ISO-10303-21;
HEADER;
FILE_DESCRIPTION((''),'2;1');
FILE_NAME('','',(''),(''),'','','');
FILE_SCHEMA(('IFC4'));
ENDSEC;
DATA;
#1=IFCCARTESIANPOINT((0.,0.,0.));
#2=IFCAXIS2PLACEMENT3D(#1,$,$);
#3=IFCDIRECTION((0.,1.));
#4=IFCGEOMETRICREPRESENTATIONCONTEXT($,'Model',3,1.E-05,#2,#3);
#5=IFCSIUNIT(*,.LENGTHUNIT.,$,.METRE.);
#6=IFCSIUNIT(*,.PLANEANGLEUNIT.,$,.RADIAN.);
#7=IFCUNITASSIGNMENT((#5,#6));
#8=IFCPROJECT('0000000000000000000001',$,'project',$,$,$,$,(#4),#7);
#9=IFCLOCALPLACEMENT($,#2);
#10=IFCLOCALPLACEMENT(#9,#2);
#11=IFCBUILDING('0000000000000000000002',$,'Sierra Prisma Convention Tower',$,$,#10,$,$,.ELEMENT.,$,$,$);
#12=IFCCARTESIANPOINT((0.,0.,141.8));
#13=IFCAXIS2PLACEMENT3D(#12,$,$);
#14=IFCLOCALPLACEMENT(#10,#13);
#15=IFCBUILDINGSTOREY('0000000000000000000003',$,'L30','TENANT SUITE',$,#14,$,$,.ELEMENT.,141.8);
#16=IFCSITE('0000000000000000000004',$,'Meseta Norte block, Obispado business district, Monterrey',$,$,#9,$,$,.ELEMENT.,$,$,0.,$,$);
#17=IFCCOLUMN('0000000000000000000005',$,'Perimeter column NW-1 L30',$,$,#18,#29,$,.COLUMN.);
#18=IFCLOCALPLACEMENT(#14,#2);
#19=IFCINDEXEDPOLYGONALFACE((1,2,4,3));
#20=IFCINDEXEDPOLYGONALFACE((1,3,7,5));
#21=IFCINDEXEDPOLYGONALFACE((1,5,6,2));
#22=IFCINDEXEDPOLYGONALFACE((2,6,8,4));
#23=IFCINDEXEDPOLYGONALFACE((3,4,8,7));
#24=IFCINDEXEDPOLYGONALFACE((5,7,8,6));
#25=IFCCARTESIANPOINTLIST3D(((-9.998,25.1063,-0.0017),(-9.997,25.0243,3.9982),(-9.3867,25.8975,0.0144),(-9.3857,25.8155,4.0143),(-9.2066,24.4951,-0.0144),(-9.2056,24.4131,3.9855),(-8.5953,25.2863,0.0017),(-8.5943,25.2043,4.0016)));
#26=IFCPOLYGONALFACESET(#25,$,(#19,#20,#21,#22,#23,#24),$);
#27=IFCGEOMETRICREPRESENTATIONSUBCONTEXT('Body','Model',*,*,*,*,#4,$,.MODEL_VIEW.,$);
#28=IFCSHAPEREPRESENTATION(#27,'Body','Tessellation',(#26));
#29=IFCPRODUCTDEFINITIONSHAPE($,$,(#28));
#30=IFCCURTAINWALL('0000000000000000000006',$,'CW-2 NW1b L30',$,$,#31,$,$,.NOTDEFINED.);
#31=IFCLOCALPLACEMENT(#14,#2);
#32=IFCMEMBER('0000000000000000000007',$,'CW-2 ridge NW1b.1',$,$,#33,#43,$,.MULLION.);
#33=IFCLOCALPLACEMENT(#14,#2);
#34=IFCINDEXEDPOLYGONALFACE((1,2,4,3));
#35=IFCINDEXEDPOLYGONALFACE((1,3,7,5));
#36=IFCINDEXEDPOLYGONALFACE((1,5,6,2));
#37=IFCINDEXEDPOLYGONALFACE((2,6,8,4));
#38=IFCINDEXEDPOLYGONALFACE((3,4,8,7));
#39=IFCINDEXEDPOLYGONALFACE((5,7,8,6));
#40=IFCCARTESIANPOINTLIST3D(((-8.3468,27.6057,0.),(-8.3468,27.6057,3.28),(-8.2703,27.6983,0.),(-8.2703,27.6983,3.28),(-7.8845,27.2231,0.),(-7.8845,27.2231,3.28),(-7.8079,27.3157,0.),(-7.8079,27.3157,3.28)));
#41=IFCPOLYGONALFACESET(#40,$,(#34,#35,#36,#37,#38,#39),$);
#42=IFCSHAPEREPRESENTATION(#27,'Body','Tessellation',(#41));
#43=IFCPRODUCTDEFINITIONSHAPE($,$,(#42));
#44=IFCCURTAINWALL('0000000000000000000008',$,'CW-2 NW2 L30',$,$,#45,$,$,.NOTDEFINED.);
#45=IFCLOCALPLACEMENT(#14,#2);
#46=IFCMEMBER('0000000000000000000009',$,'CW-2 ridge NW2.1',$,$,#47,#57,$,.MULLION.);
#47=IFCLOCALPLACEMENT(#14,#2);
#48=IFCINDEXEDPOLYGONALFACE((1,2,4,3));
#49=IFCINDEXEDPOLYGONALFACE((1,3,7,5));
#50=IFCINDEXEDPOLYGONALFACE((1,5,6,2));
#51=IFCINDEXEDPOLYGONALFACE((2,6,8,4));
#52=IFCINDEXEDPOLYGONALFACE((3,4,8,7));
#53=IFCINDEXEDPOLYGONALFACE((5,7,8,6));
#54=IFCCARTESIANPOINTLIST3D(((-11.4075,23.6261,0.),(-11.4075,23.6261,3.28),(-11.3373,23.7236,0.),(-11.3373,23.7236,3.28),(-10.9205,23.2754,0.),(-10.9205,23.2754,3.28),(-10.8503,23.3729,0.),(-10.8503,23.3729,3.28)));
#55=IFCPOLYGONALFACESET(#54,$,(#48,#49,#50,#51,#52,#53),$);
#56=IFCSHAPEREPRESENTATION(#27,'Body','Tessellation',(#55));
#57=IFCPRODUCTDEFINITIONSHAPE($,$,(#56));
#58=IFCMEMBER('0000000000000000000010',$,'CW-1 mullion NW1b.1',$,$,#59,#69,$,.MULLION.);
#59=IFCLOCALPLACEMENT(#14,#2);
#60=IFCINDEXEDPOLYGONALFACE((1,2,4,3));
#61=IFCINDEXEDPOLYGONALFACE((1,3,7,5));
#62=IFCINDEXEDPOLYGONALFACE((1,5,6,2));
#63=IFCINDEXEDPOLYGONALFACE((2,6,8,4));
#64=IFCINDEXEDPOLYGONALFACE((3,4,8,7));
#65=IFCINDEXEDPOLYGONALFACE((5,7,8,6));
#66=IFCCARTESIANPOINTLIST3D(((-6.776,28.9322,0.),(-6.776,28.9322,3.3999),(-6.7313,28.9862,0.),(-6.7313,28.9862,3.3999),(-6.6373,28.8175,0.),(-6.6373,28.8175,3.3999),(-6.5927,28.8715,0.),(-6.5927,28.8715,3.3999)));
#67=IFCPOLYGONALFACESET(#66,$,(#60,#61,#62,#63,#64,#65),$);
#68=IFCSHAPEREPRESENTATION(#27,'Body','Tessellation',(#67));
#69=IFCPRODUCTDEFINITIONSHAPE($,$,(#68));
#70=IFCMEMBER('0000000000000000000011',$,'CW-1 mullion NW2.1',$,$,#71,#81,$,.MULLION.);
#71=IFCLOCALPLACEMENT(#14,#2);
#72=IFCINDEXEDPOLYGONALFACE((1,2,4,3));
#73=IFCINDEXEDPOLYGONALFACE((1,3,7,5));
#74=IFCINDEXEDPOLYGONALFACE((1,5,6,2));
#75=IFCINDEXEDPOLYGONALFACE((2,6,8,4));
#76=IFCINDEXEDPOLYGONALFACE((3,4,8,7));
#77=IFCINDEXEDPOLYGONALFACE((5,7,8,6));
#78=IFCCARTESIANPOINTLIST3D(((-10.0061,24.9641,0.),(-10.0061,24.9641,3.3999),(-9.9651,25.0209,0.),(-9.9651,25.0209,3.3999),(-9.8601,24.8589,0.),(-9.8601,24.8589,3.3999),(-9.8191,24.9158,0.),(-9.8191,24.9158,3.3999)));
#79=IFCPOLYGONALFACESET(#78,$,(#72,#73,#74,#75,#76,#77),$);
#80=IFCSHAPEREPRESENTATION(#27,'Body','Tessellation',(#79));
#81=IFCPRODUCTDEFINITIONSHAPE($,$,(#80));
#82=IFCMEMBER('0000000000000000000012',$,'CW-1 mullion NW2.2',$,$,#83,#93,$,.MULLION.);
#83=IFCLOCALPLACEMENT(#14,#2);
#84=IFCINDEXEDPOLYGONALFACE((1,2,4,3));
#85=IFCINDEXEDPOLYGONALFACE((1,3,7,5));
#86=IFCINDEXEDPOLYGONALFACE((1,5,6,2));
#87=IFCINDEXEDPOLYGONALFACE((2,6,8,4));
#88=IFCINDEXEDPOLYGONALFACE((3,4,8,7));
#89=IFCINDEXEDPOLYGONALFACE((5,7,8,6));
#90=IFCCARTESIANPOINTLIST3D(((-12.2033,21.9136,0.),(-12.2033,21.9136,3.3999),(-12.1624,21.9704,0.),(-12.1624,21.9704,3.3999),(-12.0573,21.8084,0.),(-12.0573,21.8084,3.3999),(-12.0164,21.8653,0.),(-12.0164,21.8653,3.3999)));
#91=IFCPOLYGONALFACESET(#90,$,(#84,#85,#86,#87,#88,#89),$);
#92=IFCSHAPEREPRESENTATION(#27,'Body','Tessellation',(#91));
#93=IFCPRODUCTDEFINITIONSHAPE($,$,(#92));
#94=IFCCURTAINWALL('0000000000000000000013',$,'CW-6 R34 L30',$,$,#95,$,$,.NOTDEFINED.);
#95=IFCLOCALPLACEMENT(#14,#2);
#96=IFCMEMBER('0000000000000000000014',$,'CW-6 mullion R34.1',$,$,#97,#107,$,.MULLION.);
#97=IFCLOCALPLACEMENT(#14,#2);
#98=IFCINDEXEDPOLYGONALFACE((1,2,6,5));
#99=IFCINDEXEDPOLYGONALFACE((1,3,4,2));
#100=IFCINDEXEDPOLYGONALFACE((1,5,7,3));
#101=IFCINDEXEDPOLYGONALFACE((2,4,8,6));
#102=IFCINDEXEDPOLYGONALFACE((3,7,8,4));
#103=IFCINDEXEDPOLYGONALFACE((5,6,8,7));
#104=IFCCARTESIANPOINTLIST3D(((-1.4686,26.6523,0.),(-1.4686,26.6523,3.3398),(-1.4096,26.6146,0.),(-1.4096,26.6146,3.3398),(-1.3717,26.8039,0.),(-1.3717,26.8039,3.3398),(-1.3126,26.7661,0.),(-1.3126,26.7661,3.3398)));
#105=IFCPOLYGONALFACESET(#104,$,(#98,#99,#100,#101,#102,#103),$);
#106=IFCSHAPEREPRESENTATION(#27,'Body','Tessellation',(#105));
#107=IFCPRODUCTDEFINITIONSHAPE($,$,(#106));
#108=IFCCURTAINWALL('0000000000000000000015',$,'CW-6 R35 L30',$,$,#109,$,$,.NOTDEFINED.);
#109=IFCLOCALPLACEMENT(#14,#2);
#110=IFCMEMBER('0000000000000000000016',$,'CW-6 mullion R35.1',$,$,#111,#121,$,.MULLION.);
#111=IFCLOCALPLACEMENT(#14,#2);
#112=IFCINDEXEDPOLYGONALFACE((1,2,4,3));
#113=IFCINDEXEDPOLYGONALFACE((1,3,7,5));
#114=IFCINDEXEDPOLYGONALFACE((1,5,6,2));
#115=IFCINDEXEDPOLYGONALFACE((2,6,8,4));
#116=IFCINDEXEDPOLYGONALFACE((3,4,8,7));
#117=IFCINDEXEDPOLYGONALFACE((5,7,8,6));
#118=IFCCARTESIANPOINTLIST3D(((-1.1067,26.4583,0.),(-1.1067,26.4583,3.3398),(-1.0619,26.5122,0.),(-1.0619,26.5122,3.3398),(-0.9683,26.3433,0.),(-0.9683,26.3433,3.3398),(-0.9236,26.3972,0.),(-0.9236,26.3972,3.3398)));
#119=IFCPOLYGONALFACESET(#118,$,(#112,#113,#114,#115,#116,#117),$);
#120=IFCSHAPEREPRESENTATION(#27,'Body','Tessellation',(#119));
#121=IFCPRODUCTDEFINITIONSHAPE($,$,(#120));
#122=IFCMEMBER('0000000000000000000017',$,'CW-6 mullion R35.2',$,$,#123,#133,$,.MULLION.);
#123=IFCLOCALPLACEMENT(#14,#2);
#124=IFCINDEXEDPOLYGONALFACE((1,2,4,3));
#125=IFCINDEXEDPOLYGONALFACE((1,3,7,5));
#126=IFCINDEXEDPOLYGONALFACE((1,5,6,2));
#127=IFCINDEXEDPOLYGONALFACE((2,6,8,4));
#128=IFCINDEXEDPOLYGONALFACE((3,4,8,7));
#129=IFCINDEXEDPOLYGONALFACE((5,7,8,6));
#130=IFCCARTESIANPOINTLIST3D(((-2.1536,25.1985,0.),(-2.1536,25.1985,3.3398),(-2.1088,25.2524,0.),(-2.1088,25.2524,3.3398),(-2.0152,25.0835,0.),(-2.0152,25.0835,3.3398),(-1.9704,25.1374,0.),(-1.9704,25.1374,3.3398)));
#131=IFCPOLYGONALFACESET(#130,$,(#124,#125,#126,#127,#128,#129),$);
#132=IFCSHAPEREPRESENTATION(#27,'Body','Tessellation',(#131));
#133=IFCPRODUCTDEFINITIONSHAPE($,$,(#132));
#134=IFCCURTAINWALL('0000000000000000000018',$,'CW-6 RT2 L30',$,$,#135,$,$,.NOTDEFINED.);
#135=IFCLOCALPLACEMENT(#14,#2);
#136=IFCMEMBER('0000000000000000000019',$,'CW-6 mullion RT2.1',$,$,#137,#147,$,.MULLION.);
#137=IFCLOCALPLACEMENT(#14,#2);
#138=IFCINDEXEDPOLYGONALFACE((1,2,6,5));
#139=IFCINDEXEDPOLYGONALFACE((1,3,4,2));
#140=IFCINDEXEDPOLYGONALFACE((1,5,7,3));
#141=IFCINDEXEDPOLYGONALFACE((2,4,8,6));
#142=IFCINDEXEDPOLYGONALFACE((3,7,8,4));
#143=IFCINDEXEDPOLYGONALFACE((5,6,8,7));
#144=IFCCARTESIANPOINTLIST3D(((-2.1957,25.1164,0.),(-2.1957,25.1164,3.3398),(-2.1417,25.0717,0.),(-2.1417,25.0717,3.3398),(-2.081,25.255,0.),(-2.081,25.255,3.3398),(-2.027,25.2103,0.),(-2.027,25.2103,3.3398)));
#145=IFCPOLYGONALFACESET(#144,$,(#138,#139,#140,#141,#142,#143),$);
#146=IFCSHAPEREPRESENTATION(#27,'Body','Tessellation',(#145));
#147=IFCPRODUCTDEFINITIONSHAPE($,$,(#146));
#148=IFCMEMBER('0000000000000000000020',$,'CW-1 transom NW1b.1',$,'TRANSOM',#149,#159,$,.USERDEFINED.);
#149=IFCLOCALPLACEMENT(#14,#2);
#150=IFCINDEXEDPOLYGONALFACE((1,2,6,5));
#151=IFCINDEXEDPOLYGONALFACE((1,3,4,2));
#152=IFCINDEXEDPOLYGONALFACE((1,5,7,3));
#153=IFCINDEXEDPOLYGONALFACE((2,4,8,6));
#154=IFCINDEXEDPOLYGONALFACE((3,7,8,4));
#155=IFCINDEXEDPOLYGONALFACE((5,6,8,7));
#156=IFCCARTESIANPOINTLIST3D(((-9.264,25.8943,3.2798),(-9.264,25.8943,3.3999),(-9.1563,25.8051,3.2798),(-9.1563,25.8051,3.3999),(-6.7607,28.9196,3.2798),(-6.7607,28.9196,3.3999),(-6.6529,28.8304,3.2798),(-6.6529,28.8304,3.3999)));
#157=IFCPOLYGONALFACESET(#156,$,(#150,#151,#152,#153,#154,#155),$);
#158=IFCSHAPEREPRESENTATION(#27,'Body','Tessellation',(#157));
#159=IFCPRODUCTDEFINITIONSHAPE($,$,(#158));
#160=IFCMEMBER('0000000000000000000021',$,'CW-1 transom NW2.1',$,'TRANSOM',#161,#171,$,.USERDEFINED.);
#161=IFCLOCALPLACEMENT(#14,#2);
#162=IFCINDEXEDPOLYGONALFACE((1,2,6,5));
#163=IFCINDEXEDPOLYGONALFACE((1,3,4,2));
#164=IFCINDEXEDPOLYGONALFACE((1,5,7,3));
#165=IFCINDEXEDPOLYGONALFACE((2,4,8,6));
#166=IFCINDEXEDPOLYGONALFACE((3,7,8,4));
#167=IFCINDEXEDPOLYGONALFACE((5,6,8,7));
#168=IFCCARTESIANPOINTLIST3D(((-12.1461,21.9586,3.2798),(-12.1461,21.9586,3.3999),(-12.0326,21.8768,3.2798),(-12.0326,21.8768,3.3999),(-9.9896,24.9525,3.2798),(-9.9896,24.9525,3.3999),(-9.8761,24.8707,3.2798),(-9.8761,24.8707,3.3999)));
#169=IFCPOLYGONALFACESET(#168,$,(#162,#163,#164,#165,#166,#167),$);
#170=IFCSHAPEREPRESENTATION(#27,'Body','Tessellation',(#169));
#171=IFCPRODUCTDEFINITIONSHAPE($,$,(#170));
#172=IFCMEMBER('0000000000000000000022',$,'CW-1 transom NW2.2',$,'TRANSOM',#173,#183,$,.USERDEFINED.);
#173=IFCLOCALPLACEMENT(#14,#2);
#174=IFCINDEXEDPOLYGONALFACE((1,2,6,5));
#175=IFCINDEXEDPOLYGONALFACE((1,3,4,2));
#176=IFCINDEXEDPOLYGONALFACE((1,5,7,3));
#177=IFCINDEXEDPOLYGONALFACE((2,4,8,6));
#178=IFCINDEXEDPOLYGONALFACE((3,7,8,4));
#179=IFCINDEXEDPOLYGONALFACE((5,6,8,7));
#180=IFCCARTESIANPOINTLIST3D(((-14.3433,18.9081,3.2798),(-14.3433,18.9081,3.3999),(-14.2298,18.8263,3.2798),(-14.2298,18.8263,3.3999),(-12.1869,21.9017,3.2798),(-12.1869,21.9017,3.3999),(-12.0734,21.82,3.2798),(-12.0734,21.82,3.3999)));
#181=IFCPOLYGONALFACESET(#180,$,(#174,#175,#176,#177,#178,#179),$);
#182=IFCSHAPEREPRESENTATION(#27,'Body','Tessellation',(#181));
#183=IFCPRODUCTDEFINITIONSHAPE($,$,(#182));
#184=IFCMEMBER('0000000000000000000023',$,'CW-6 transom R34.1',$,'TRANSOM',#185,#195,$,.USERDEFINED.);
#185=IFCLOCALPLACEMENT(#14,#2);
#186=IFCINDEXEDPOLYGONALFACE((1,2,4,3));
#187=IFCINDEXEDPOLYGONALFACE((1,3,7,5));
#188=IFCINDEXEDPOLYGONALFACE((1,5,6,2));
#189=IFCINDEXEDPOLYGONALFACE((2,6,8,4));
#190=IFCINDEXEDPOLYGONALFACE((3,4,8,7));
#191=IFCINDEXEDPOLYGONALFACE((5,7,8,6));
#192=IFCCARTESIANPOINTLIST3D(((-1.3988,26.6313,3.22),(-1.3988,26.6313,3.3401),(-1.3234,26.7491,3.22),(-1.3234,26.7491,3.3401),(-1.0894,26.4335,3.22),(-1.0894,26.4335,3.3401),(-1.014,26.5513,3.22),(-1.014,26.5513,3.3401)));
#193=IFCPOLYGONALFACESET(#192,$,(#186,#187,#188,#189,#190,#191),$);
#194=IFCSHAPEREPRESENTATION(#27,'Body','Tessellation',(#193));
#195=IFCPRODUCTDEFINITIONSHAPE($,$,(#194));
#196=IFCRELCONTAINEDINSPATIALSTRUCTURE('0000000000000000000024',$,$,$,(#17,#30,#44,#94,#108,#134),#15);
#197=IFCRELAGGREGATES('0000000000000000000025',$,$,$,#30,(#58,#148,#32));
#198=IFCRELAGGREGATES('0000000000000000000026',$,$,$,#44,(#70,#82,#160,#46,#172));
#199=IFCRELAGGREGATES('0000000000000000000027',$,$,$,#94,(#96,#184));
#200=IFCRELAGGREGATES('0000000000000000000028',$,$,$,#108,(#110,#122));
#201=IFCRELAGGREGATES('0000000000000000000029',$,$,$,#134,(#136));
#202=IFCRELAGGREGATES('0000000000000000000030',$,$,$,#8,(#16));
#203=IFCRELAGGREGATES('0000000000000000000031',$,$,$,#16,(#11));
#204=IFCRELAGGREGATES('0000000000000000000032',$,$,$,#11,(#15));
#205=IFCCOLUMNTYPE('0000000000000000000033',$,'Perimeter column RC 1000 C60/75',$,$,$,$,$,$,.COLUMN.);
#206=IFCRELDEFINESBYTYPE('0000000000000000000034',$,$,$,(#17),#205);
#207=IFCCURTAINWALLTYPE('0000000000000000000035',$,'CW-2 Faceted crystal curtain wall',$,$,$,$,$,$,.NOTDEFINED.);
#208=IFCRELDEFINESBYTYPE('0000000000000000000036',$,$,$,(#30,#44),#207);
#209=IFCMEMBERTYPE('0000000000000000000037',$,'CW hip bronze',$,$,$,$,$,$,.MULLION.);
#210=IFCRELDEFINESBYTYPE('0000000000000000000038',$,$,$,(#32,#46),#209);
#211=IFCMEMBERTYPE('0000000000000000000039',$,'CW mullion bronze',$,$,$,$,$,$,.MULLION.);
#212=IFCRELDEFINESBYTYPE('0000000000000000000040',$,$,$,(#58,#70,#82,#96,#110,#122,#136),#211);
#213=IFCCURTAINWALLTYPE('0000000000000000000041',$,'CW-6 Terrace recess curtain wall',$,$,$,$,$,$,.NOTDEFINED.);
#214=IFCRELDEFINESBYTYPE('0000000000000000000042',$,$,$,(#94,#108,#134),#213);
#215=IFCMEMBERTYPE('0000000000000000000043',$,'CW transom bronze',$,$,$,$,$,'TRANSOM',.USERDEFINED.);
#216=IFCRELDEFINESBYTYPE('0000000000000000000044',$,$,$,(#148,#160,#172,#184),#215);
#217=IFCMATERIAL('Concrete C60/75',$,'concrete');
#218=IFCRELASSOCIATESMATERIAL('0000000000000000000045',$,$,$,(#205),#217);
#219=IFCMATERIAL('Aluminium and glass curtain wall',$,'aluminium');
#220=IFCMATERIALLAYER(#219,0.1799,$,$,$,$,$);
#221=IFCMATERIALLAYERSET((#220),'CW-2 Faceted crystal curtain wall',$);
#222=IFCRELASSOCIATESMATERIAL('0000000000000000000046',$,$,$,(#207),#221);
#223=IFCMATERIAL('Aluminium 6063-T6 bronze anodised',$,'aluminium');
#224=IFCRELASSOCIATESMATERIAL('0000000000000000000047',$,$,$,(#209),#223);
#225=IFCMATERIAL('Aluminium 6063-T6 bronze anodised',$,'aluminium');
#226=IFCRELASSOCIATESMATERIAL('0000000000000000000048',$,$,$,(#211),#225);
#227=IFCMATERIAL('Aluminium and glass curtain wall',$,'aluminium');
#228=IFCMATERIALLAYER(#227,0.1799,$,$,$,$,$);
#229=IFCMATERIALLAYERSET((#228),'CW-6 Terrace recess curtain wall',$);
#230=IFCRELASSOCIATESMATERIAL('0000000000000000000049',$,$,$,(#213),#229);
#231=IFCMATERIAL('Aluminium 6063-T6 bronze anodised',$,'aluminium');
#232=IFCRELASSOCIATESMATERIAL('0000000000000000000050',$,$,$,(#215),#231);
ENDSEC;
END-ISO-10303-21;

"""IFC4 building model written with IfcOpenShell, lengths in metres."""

from ifc_helpers import new_model, si_unit, direction, frame, origin, origin_2d, place, context, subcontext, project, spatial, rectangle, extrude, material, layer, layer_set, material_profile, profile_set, type_object, element, aggregate, save


model = new_model("IFC4")

# Units and contexts
model_context = context("Model", 3, precision=1e-05, world=origin(), true_north=direction((0.0, 1.0)))
body_context = subcontext(model_context, "Body", "Model", "MODEL_VIEW")
ifc_project = project(units=[si_unit("LENGTHUNIT", "METRE"), si_unit("PLANEANGLEUNIT", "RADIAN")], contexts=[model_context])

# Site, building, storey
site_placement = place(None, origin())
site = spatial("IfcSite", under=ifc_project, at=site_placement, Name="Meseta Norte block, Obispado business district, Monterrey", CompositionType="ELEMENT", RefElevation=0.0)
building_placement = place(site_placement, origin())
building = spatial("IfcBuilding", under=site, at=building_placement, Name="Sierra Prisma Convention Tower", CompositionType="ELEMENT")
storey_placement = place(building_placement, frame((0.0, 0.0, 141.8)))
storey = spatial("IfcBuildingStorey", under=building, at=storey_placement, Name="L30", Description="TENANT SUITE", CompositionType="ELEMENT", Elevation=141.8)

# Column
ifc_material_1 = material(Name="Concrete C60/75", Category="concrete")
ifc_material_profile_1 = material_profile(ifc_material_1, rectangle(XDim=1.0, YDim=1.0, at=origin_2d()), Name="Perimeter column RC 1000 C60/75")
ifc_profile_set_1 = profile_set([ifc_material_profile_1], Name="Concrete C60/75")
column_type = type_object("IfcColumnType", Name="Perimeter column RC 1000 C60/75", PredefinedType="COLUMN", material=ifc_profile_set_1)
column_placement = place(storey_placement, frame((-9.2966, 25.1963, 0.0), z_axis=(0.000244, -0.020504, 0.99979), x_axis=(0.611332, 0.791211, 0.016077)))
element("IfcColumn", 1, at=column_placement, inside=storey, type_object=column_type, Name="Perimeter column NW-1 L30", PredefinedType="COLUMN", context=body_context, shape_type="SweptSolid", body=[
    extrude(rectangle(XDim=1.0, YDim=1.0, at=origin_2d()), origin(), (0.0, 0.0, 1.0), 4.0007),
])

# Curtain walls, members
ifc_material_2 = material(Name="Aluminium and glass curtain wall", Category="aluminium")
ifc_layer_1 = layer(ifc_material_2, 0.1799)
ifc_layer_set_1 = layer_set([ifc_layer_1], Name="CW-2 Faceted crystal curtain wall")
curtain_wall_type_1 = type_object("IfcCurtainWallType", Name="CW-2 Faceted crystal curtain wall", PredefinedType="NOTDEFINED", material=ifc_layer_set_1)
curtain_wall_1_placement = place(storey_placement, origin())
curtain_wall_1 = element("IfcCurtainWall", 2, at=curtain_wall_1_placement, inside=storey, type_object=curtain_wall_type_1, Name="CW-2 NW1b L30", PredefinedType="NOTDEFINED")
ifc_material_3 = material(Name="Aluminium 6063-T6 bronze anodised", Category="aluminium")
ifc_material_profile_2 = material_profile(ifc_material_3, rectangle(XDim=0.1201, YDim=0.6001, at=origin_2d()), Name="ALU RIDGE BLADE 120x600")
ifc_profile_set_2 = profile_set([ifc_material_profile_2], Name="Aluminium 6063-T6 bronze anodised")
member_type_1 = type_object("IfcMemberType", Name="CW hip bronze", PredefinedType="MULLION", material=ifc_profile_set_2)
member_1_placement = place(storey_placement, frame((-8.0774, 27.4607, 0.0), z_axis=(0.0, 0.0, 1.0), x_axis=(-0.637523, -0.770431, 0.0)))
member_1 = element("IfcMember", 3, at=member_1_placement, type_object=member_type_1, Name="CW-2 ridge NW1b.1", PredefinedType="MULLION", context=body_context, shape_type="SweptSolid", body=[
    extrude(rectangle(XDim=0.1201, YDim=0.6001, at=origin_2d()), origin(), (0.0, 0.0, 1.0), 3.28),
])
curtain_wall_2_placement = place(storey_placement, origin())
curtain_wall_2 = element("IfcCurtainWall", 4, at=curtain_wall_2_placement, inside=storey, type_object=curtain_wall_type_1, Name="CW-2 NW2 L30", PredefinedType="NOTDEFINED")
member_2_placement = place(storey_placement, frame((-11.1289, 23.4995, 0.0), z_axis=(0.0, 0.0, 1.0), x_axis=(-0.584454, -0.811427, 0.0)))
member_2 = element("IfcMember", 5, at=member_2_placement, type_object=member_type_1, Name="CW-2 ridge NW2.1", PredefinedType="MULLION", context=body_context, shape_type="SweptSolid", body=[
    extrude(rectangle(XDim=0.1201, YDim=0.6001, at=origin_2d()), origin(), (0.0, 0.0, 1.0), 3.28),
])

# Members
ifc_material_4 = material(Name="Aluminium 6063-T6 bronze anodised", Category="aluminium")
ifc_material_profile_3 = material_profile(ifc_material_4, rectangle(XDim=0.1799, YDim=0.0701, at=origin_2d()), Name="ALU MULLION 70x180")
ifc_profile_set_3 = profile_set([ifc_material_profile_3], Name="Aluminium 6063-T6 bronze anodised")
member_type_2 = type_object("IfcMemberType", Name="CW mullion bronze", PredefinedType="MULLION", material=ifc_profile_set_3)
member_3_placement = place(storey_placement, frame((-6.6843, 28.9019, 0.0), z_axis=(0.0, 0.0, 1.0), x_axis=(0.770431, -0.637523, 0.0)))
member_3 = element("IfcMember", 6, at=member_3_placement, type_object=member_type_2, Name="CW-1 mullion NW1b.1", PredefinedType="MULLION", context=body_context, shape_type="SweptSolid", body=[
    extrude(rectangle(XDim=0.1799, YDim=0.0701, at=origin_2d()), origin(), (0.0, 0.0, 1.0), 3.3999),
])
member_4_placement = place(storey_placement, frame((-9.9126, 24.9399, 0.0), z_axis=(0.0, 0.0, 1.0), x_axis=(0.811427, -0.584454, 0.0)))
member_4 = element("IfcMember", 7, at=member_4_placement, type_object=member_type_2, Name="CW-1 mullion NW2.1", PredefinedType="MULLION", context=body_context, shape_type="SweptSolid", body=[
    extrude(rectangle(XDim=0.1799, YDim=0.0701, at=origin_2d()), origin(), (0.0, 0.0, 1.0), 3.3999),
])
member_5_placement = place(storey_placement, frame((-12.1099, 21.8894, 0.0), z_axis=(0.0, 0.0, 1.0), x_axis=(0.811427, -0.584454, 0.0)))
member_5 = element("IfcMember", 8, at=member_5_placement, type_object=member_type_2, Name="CW-1 mullion NW2.2", PredefinedType="MULLION", context=body_context, shape_type="SweptSolid", body=[
    extrude(rectangle(XDim=0.1799, YDim=0.0701, at=origin_2d()), origin(), (0.0, 0.0, 1.0), 3.3999),
])

# Curtain wall, member
ifc_material_5 = material(Name="Aluminium and glass curtain wall", Category="aluminium")
ifc_layer_2 = layer(ifc_material_5, 0.1799)
ifc_layer_set_2 = layer_set([ifc_layer_2], Name="CW-6 Terrace recess curtain wall")
curtain_wall_type_2 = type_object("IfcCurtainWallType", Name="CW-6 Terrace recess curtain wall", PredefinedType="NOTDEFINED", material=ifc_layer_set_2)
curtain_wall_3_placement = place(storey_placement, origin())
curtain_wall_3 = element("IfcCurtainWall", 9, at=curtain_wall_3_placement, inside=storey, type_object=curtain_wall_type_2, Name="CW-6 R34 L30", PredefinedType="NOTDEFINED")
member_6_placement = place(storey_placement, frame((-1.3906, 26.7092, 0.0), z_axis=(0.0, 0.0, 1.0), x_axis=(0.538859, 0.842396, 0.0)))
member_6 = element("IfcMember", 10, at=member_6_placement, type_object=member_type_2, Name="CW-6 mullion R34.1", PredefinedType="MULLION", context=body_context, shape_type="SweptSolid", body=[
    extrude(rectangle(XDim=0.1799, YDim=0.0701, at=origin_2d()), origin(), (0.0, 0.0, 1.0), 3.3398),
])

# Curtain wall, members
curtain_wall_4_placement = place(storey_placement, origin())
curtain_wall_4 = element("IfcCurtainWall", 11, at=curtain_wall_4_placement, inside=storey, type_object=curtain_wall_type_2, Name="CW-6 R35 L30", PredefinedType="NOTDEFINED")
member_7_placement = place(storey_placement, frame((-1.0151, 26.4277, 0.0), z_axis=(0.0, 0.0, 1.0), x_axis=(0.769145, -0.639074, 0.0)))
member_7 = element("IfcMember", 12, at=member_7_placement, type_object=member_type_2, Name="CW-6 mullion R35.1", PredefinedType="MULLION", context=body_context, shape_type="SweptSolid", body=[
    extrude(rectangle(XDim=0.1799, YDim=0.0701, at=origin_2d()), origin(), (0.0, 0.0, 1.0), 3.3398),
])
member_8_placement = place(storey_placement, frame((-2.062, 25.168, 0.0), z_axis=(0.0, 0.0, 1.0), x_axis=(0.769145, -0.639074, 0.0)))
member_8 = element("IfcMember", 13, at=member_8_placement, type_object=member_type_2, Name="CW-6 mullion R35.2", PredefinedType="MULLION", context=body_context, shape_type="SweptSolid", body=[
    extrude(rectangle(XDim=0.1799, YDim=0.0701, at=origin_2d()), origin(), (0.0, 0.0, 1.0), 3.3398),
])

# Curtain wall, member
curtain_wall_5_placement = place(storey_placement, origin())
curtain_wall_5 = element("IfcCurtainWall", 14, at=curtain_wall_5_placement, inside=storey, type_object=curtain_wall_type_2, Name="CW-6 RT2 L30", PredefinedType="NOTDEFINED")
member_9_placement = place(storey_placement, frame((-2.1113, 25.1633, 0.0), z_axis=(0.0, 0.0, 1.0), x_axis=(-0.637523, -0.770431, 0.0)))
member_9 = element("IfcMember", 15, at=member_9_placement, type_object=member_type_2, Name="CW-6 mullion RT2.1", PredefinedType="MULLION", context=body_context, shape_type="SweptSolid", body=[
    extrude(rectangle(XDim=0.1799, YDim=0.0701, at=origin_2d()), origin(), (0.0, 0.0, 1.0), 3.3398),
])

# Members
ifc_material_6 = material(Name="Aluminium 6063-T6 bronze anodised", Category="aluminium")
ifc_material_profile_4 = material_profile(ifc_material_6, rectangle(XDim=0.1399, YDim=0.1201, at=origin_2d()), Name="ALU TRANSOM 120x140")
ifc_profile_set_4 = profile_set([ifc_material_profile_4], Name="Aluminium 6063-T6 bronze anodised")
member_type_3 = type_object("IfcMemberType", Name="CW transom bronze", ElementType="TRANSOM", PredefinedType="USERDEFINED", material=ifc_profile_set_4)
member_10_placement = place(storey_placement, frame((-6.7068, 28.875, 3.3398), z_axis=(-0.637514, -0.770439, 0.0), x_axis=(0.770439, -0.637514, 0.0)))
member_10 = element("IfcMember", 16, at=member_10_placement, type_object=member_type_3, Name="CW-1 transom NW1b.1", ObjectType="TRANSOM", PredefinedType="USERDEFINED", context=body_context, shape_type="SweptSolid", body=[
    extrude(rectangle(XDim=0.1399, YDim=0.1201, at=origin_2d()), origin(), (0.0, 0.0, 1.0), 3.9268),
])
member_11_placement = place(storey_placement, frame((-9.9329, 24.9116, 3.3398), z_axis=(-0.584463, -0.81142, 0.0), x_axis=(0.81142, -0.584463, 0.0)))
member_11 = element("IfcMember", 17, at=member_11_placement, type_object=member_type_3, Name="CW-1 transom NW2.1", ObjectType="TRANSOM", PredefinedType="USERDEFINED", context=body_context, shape_type="SweptSolid", body=[
    extrude(rectangle(XDim=0.1399, YDim=0.1201, at=origin_2d()), origin(), (0.0, 0.0, 1.0), 3.6897),
])
member_12_placement = place(storey_placement, frame((-12.1301, 21.8608, 3.3398), z_axis=(-0.584495, -0.811398, 0.0), x_axis=(0.811398, -0.584495, 0.0)))
member_12 = element("IfcMember", 18, at=member_12_placement, type_object=member_type_3, Name="CW-1 transom NW2.2", ObjectType="TRANSOM", PredefinedType="USERDEFINED", context=body_context, shape_type="SweptSolid", body=[
    extrude(rectangle(XDim=0.1399, YDim=0.1201, at=origin_2d()), origin(), (0.0, 0.0, 1.0), 3.6895),
])
member_13_placement = place(storey_placement, frame((-1.3611, 26.6902, 3.28), z_axis=(0.842537, -0.538638, 0.0), x_axis=(0.538638, 0.842537, 0.0)))
member_13 = element("IfcMember", 19, at=member_13_placement, type_object=member_type_3, Name="CW-6 transom R34.1", ObjectType="TRANSOM", PredefinedType="USERDEFINED", context=body_context, shape_type="SweptSolid", body=[
    extrude(rectangle(XDim=0.1399, YDim=0.1201, at=origin_2d()), origin(), (0.0, 0.0, 1.0), 0.3672),
])

aggregate(curtain_wall_1, [member_3, member_10, member_1])
aggregate(curtain_wall_2, [member_4, member_5, member_11, member_2, member_12])
aggregate(curtain_wall_3, [member_6, member_13])
aggregate(curtain_wall_4, [member_7, member_8])
aggregate(curtain_wall_5, [member_9])

save(model, "model.ifc")
